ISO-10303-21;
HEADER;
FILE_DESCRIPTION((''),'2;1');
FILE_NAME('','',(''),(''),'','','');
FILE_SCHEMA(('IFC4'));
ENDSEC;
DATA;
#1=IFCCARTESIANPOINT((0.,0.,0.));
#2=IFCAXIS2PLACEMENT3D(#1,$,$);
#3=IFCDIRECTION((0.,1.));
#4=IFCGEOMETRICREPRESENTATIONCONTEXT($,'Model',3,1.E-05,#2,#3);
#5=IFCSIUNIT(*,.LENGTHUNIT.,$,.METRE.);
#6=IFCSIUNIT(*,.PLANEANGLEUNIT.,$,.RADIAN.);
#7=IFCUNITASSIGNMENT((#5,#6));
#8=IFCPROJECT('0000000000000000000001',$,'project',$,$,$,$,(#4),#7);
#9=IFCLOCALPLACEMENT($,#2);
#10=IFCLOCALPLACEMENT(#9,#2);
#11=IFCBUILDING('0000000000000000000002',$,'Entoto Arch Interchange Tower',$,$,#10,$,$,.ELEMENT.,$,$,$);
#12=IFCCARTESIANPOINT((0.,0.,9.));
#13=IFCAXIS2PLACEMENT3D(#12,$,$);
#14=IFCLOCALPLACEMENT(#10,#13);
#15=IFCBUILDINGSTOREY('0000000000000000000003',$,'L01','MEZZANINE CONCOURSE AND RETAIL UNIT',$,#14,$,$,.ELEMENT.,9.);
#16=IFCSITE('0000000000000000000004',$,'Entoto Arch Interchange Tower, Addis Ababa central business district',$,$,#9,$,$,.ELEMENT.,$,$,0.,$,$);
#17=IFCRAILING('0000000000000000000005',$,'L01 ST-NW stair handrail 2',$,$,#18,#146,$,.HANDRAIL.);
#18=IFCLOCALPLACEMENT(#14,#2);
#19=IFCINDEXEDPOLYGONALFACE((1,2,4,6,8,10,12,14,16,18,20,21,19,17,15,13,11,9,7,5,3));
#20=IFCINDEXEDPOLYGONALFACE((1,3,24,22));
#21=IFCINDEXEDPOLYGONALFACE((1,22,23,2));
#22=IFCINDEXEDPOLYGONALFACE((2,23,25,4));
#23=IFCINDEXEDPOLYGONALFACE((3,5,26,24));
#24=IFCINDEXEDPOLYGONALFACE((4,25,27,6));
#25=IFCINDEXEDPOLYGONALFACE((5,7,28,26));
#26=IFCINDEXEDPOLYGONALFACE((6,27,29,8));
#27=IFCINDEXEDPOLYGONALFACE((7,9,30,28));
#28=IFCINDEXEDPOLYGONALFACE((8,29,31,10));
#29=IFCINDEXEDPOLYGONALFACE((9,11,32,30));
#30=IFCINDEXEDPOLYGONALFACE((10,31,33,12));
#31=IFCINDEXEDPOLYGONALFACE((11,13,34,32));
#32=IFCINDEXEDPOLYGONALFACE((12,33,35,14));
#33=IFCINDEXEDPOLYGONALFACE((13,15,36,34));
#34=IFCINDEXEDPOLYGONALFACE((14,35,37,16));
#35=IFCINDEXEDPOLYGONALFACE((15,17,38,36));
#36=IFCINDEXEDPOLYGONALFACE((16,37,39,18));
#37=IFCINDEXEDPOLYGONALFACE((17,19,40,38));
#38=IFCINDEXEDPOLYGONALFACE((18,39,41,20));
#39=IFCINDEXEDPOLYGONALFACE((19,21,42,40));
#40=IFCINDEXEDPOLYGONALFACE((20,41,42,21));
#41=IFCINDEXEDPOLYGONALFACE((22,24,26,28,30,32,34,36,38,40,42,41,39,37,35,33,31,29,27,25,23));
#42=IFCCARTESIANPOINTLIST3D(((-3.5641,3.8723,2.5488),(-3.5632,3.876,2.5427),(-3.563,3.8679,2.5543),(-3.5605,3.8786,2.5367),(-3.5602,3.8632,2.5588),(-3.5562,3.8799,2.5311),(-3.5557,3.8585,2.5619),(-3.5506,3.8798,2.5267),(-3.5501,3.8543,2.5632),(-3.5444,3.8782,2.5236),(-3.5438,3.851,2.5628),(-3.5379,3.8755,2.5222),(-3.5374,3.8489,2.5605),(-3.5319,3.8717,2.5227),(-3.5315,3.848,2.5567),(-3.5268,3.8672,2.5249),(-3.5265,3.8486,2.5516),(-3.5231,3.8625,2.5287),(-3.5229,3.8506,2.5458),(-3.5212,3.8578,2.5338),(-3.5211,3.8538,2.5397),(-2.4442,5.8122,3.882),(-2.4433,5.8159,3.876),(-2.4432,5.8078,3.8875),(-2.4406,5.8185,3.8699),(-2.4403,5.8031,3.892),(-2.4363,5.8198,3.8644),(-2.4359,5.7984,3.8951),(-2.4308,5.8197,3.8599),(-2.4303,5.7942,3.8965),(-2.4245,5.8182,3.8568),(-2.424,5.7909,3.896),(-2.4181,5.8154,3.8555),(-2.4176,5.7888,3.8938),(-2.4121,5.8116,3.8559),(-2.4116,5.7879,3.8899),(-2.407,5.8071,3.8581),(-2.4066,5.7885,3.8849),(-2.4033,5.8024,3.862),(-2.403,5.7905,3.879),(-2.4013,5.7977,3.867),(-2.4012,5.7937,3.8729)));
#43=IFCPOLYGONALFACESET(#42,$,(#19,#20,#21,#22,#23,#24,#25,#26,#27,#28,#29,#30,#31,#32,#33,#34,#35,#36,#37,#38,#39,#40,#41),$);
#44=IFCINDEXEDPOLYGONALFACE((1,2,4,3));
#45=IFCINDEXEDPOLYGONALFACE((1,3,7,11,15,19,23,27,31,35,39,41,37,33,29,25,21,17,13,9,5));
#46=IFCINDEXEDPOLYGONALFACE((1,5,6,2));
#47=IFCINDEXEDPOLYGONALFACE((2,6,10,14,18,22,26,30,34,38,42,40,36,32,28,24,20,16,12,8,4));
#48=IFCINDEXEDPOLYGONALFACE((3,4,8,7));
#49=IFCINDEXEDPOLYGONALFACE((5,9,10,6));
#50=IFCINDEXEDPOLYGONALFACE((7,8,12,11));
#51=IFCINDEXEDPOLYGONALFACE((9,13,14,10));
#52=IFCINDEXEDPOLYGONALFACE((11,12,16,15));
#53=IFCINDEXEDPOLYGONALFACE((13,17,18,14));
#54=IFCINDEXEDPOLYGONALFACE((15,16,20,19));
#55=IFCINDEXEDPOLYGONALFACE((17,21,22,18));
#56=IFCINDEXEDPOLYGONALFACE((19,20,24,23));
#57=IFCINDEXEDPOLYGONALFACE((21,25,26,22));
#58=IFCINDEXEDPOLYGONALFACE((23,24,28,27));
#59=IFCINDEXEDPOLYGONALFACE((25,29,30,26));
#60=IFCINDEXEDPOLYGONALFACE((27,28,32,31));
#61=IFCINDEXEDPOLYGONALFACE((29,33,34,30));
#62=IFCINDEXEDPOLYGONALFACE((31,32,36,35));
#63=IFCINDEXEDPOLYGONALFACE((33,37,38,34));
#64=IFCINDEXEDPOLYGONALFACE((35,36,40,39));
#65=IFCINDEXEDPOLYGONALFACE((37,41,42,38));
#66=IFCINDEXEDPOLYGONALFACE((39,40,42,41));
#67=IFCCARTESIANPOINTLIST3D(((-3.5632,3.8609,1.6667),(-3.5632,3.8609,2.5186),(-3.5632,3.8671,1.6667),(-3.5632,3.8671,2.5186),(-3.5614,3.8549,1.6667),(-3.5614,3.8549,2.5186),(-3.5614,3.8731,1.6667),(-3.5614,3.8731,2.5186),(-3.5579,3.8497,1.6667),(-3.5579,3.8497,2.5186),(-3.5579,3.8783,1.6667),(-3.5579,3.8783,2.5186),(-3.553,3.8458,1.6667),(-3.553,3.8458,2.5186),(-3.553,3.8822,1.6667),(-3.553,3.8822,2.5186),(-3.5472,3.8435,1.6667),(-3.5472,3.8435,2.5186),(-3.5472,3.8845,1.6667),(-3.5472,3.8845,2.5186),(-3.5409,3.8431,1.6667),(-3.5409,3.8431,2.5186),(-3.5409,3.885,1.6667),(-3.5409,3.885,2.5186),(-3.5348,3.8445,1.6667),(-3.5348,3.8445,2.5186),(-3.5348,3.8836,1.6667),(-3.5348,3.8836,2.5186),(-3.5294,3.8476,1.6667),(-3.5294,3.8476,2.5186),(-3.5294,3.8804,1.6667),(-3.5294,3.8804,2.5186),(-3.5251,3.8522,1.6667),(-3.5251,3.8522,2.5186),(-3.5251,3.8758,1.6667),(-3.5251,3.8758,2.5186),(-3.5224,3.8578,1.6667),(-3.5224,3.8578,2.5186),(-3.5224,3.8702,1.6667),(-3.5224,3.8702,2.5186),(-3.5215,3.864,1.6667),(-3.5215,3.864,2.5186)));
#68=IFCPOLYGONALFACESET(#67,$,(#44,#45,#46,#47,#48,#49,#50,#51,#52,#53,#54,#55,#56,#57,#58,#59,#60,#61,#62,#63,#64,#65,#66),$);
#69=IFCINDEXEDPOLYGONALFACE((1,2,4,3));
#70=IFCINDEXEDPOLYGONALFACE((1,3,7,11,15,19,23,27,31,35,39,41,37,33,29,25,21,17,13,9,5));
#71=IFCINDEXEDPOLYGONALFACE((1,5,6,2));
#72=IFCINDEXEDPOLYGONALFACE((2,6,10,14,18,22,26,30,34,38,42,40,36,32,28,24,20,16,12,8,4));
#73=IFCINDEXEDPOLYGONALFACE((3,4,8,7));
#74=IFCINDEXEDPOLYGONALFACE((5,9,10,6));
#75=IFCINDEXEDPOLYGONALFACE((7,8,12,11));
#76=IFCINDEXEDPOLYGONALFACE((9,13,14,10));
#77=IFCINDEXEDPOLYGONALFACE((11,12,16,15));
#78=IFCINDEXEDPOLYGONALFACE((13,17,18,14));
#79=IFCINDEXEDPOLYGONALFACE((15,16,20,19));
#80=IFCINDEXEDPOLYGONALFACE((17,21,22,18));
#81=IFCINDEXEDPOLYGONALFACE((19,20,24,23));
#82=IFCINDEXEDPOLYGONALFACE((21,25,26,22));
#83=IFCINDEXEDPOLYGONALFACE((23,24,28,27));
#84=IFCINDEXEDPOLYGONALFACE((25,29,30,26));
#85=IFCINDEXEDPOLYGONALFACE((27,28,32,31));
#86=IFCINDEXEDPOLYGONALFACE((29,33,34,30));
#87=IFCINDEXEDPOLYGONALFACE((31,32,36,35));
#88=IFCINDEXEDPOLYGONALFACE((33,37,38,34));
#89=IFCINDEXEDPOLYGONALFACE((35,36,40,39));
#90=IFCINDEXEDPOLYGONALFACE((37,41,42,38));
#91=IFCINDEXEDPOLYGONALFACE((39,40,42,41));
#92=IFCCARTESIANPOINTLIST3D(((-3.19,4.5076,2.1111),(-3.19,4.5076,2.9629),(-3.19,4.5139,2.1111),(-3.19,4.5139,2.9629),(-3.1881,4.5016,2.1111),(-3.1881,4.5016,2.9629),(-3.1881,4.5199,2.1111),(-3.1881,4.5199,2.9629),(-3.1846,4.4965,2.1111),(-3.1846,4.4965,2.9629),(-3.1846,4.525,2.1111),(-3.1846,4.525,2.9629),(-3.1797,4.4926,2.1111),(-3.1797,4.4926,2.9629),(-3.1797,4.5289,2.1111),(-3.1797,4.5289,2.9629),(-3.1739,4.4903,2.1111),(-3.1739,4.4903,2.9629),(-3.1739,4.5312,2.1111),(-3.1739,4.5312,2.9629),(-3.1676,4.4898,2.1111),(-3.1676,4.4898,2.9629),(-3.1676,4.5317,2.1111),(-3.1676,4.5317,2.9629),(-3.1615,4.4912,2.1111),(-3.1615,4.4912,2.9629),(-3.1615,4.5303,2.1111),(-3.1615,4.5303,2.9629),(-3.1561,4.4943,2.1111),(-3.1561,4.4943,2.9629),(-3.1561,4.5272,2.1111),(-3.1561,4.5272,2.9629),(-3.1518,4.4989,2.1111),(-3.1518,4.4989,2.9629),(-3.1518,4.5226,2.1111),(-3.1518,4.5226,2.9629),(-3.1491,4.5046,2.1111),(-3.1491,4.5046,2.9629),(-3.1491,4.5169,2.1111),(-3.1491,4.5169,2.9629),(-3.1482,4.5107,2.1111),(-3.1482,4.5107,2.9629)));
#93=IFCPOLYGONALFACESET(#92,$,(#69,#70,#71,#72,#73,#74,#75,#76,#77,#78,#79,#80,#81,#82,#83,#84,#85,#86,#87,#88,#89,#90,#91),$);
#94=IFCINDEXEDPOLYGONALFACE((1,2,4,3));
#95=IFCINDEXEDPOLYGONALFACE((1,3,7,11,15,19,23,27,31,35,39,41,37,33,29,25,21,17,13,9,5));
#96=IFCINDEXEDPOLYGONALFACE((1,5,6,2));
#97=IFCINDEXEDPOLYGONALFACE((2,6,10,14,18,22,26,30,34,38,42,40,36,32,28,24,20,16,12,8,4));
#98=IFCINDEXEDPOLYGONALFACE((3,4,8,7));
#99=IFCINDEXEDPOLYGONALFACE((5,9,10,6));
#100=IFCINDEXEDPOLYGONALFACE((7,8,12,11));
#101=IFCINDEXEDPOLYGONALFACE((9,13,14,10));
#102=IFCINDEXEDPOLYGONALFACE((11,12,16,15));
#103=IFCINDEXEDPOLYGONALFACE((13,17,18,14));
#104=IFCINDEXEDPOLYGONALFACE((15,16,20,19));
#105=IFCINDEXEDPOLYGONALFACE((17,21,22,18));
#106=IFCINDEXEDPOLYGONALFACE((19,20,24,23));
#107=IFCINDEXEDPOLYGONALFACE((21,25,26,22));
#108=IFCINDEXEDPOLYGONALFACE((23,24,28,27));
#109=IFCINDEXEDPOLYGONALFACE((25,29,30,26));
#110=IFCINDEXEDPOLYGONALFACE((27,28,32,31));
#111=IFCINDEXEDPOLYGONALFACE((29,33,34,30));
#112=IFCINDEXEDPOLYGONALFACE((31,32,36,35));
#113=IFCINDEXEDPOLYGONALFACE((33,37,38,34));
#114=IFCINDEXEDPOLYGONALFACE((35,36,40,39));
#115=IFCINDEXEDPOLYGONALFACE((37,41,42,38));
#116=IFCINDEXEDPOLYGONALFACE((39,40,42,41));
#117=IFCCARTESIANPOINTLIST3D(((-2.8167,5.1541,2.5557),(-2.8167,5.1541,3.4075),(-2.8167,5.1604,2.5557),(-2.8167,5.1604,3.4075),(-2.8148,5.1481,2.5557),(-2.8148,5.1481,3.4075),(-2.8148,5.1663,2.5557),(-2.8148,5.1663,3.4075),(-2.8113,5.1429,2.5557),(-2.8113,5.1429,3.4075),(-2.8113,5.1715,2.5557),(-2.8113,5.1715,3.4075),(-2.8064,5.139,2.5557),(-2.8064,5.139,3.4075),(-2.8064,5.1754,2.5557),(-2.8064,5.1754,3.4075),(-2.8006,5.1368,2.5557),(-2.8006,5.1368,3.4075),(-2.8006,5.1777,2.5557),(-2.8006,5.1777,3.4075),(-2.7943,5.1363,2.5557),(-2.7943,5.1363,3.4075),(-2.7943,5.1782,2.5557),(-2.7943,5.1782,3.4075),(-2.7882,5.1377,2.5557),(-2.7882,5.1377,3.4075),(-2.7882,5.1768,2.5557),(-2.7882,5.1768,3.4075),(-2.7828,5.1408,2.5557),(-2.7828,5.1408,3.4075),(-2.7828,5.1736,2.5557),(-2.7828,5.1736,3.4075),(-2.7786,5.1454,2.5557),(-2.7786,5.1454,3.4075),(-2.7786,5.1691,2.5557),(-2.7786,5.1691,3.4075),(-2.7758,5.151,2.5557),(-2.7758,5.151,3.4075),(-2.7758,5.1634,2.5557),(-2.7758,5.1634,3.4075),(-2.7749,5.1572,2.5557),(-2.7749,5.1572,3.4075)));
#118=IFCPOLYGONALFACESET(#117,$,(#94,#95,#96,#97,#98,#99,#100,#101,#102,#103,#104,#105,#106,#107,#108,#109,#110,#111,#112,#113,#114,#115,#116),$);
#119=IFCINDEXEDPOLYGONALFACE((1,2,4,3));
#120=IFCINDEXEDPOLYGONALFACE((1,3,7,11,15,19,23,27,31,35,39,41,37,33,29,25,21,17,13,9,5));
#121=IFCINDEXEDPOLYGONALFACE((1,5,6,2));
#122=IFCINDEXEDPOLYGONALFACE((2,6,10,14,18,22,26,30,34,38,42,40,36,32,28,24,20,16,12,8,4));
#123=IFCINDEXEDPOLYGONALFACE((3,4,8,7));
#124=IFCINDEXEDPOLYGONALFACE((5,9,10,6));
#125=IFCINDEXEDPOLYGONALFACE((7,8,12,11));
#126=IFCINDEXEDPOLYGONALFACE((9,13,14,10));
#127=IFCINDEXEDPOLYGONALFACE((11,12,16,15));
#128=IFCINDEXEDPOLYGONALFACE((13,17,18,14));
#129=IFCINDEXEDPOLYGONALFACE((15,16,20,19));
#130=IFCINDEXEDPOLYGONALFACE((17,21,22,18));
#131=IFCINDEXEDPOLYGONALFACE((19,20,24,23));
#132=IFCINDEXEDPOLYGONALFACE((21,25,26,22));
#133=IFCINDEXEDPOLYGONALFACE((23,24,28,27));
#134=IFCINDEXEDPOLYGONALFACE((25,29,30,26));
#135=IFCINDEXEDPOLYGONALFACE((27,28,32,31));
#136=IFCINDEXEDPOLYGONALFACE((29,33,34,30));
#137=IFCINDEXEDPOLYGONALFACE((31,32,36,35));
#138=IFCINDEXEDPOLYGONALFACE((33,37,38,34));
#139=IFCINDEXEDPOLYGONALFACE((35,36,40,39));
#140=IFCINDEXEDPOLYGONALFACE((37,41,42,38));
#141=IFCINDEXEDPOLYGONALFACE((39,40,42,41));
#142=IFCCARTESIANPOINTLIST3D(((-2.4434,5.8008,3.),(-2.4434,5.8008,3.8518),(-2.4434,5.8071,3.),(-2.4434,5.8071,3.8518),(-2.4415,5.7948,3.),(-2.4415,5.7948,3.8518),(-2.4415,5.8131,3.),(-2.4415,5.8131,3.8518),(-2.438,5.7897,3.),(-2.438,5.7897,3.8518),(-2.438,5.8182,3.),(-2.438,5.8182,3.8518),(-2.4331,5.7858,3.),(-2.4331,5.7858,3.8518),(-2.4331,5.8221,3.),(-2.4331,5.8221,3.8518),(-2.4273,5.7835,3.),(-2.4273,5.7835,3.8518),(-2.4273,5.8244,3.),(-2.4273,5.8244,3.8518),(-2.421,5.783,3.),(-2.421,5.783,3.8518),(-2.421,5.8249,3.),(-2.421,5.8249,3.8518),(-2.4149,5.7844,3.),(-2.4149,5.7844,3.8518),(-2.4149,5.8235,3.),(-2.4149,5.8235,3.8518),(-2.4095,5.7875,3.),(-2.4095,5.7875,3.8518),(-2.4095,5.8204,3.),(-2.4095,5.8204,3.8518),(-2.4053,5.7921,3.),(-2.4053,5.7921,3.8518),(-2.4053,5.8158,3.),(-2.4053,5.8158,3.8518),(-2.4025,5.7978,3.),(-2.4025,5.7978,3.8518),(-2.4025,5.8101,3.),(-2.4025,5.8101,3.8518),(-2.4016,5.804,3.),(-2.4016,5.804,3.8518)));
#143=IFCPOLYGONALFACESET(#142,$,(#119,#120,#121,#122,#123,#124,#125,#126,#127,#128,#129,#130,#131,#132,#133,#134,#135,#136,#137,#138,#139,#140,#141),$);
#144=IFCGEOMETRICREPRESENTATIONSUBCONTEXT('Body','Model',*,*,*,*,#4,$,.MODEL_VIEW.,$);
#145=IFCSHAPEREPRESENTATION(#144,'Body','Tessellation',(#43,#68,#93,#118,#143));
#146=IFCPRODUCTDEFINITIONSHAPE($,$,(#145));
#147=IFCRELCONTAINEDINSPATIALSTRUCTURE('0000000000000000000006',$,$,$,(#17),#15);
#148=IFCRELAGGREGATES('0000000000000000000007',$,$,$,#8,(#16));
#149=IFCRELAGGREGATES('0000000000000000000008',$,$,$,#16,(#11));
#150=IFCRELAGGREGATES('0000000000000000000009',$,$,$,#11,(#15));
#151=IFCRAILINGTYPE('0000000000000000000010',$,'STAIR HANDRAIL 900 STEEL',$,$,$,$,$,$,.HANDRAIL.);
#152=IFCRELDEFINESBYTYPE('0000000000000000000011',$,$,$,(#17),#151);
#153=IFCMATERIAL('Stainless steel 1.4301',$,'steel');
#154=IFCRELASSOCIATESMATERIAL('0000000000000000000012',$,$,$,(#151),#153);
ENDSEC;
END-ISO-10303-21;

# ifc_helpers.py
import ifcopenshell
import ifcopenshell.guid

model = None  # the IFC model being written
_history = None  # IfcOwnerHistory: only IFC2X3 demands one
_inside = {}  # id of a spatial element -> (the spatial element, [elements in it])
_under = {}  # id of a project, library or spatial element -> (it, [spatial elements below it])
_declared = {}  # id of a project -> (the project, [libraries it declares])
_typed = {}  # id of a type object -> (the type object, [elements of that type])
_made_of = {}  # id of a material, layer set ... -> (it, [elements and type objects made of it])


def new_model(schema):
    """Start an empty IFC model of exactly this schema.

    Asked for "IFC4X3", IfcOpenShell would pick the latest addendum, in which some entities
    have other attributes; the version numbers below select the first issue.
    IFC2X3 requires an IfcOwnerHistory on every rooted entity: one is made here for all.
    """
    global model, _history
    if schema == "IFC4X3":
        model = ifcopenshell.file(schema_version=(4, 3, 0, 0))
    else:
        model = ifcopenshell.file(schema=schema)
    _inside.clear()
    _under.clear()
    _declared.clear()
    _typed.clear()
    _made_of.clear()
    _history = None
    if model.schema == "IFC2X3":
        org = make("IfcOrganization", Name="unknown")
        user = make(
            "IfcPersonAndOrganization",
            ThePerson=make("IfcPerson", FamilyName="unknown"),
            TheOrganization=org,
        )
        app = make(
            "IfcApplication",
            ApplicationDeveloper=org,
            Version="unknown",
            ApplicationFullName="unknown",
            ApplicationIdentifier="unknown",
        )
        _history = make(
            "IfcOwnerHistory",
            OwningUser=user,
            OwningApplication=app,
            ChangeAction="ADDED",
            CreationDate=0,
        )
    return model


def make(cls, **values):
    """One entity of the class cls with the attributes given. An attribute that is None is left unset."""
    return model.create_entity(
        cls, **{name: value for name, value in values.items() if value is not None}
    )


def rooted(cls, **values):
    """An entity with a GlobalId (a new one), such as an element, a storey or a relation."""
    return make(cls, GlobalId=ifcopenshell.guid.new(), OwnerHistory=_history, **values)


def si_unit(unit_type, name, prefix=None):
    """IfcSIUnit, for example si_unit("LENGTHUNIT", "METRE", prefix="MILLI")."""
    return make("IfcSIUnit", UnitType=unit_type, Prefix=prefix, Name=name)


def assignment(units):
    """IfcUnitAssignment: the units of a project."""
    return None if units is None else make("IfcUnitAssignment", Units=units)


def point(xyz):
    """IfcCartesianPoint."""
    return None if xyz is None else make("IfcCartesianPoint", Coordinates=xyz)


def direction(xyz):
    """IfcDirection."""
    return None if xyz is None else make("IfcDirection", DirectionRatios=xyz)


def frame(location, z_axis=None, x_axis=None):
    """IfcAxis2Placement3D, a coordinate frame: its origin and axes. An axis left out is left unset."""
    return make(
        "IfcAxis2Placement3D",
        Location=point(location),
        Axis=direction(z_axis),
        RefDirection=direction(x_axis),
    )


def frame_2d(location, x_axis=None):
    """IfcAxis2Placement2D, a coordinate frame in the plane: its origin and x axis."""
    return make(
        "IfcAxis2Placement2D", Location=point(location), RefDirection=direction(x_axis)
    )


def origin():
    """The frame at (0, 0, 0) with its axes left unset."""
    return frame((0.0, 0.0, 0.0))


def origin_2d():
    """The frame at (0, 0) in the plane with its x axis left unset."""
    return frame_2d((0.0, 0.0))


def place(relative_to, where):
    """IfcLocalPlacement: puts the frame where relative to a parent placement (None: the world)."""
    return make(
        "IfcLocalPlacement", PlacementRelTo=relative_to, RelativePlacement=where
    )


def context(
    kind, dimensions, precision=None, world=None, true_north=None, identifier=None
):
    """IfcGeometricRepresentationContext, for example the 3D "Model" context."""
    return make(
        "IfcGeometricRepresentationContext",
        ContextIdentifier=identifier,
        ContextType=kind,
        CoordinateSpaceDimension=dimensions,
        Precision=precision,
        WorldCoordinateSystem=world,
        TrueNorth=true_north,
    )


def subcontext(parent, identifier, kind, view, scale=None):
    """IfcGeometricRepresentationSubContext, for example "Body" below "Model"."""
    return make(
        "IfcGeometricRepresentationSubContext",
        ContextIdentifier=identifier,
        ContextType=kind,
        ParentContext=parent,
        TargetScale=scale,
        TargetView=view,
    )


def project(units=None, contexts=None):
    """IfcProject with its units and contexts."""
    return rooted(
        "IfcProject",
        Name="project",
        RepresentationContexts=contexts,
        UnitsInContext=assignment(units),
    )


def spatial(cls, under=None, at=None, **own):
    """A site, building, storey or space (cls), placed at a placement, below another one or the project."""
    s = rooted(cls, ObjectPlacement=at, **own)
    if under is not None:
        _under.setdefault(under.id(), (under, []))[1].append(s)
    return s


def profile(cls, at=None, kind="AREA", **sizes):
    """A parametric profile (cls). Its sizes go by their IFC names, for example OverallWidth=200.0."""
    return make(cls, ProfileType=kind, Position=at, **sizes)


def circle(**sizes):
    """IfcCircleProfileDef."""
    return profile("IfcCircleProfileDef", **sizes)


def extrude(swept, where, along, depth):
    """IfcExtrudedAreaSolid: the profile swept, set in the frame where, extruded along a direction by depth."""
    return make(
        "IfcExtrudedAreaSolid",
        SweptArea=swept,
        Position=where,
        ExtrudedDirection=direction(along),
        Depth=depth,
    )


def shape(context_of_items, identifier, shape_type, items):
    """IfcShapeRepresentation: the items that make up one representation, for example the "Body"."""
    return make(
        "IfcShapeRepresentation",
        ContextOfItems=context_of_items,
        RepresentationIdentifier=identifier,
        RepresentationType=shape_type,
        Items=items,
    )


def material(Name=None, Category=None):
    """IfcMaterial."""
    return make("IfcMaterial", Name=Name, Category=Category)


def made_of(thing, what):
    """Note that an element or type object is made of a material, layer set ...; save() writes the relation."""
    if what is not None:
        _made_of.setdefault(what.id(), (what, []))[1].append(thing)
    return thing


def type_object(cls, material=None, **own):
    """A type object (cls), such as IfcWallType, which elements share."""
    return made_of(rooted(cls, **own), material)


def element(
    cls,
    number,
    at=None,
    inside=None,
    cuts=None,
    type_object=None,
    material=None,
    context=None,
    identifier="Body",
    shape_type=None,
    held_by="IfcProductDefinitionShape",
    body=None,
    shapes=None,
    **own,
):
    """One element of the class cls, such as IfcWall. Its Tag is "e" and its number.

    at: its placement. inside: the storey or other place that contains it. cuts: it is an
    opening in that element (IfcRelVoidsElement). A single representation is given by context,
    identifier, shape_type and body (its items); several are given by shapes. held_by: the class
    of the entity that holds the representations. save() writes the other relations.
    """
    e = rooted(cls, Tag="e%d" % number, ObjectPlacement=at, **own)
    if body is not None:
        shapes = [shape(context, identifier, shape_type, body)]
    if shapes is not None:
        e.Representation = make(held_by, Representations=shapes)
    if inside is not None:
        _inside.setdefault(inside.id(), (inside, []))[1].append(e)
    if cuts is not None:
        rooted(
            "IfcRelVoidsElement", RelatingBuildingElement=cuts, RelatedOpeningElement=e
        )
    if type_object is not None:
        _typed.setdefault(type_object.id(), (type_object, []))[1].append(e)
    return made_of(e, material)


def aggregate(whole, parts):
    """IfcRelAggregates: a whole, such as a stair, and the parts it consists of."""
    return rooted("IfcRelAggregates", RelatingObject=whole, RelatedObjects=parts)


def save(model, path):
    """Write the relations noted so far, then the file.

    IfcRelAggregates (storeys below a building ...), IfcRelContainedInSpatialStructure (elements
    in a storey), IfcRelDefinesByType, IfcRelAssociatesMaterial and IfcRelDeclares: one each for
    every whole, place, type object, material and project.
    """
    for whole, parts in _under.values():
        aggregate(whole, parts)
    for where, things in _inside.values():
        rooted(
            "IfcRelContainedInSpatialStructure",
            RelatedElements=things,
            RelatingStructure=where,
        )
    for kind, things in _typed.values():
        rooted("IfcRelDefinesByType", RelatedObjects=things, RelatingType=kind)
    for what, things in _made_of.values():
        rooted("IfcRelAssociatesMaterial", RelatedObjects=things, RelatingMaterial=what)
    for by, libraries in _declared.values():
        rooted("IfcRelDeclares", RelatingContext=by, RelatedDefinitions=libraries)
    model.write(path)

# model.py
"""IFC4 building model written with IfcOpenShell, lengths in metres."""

from ifc_helpers import new_model, si_unit, direction, frame, origin, origin_2d, place, context, subcontext, project, spatial, circle, extrude, material, type_object, element, save


model = new_model("IFC4")

# Units and contexts
model_context = context("Model", 3, precision=1e-05, world=origin(), true_north=direction((0.0, 1.0)))
body_context = subcontext(model_context, "Body", "Model", "MODEL_VIEW")
ifc_project = project(units=[si_unit("LENGTHUNIT", "METRE"), si_unit("PLANEANGLEUNIT", "RADIAN")], contexts=[model_context])

# Site, building, storey
site_placement = place(None, origin())
site = spatial("IfcSite", under=ifc_project, at=site_placement, Name="Entoto Arch Interchange Tower, Addis Ababa central business district", CompositionType="ELEMENT", RefElevation=0.0)
building_placement = place(site_placement, origin())
building = spatial("IfcBuilding", under=site, at=building_placement, Name="Entoto Arch Interchange Tower", CompositionType="ELEMENT")
storey_placement = place(building_placement, frame((0.0, 0.0, 9.0)))
storey = spatial("IfcBuildingStorey", under=building, at=storey_placement, Name="L01", Description="MEZZANINE CONCOURSE AND RETAIL UNIT", CompositionType="ELEMENT", Elevation=9.0)

# Railing
ifc_material_1 = material(Name="Stainless steel 1.4301", Category="steel")
railing_type_1 = type_object("IfcRailingType", Name="STAIR HANDRAIL 900 STEEL", PredefinedType="HANDRAIL", material=ifc_material_1)
for number, where, name in (
    (1, (-3.5425, 3.864, 1.6667), "L01 ST-NW stair handrail 2"),
):
    element("IfcRailing", number, at=place(storey_placement, frame(where)), inside=storey, type_object=railing_type_1, Name=name, PredefinedType="HANDRAIL", context=body_context, shape_type="SweptSolid", body=[
        extrude(circle(Radius=0.0239, at=origin_2d()), frame((0.0, 0.0, 0.876), z_axis=(0.429608, 0.744205, 0.511465), x_axis=(-0.866055, 0.499949, 0.0)), (0.0, 0.0, 1.0), 2.6067),
        extrude(circle(Radius=0.021, at=origin_2d()), origin(), (0.0, 0.0, 1.0), 0.8518),
        extrude(circle(Radius=0.021, at=origin_2d()), frame((0.3733, 0.6467, 0.4443)), (0.0, 0.0, 1.0), 0.8518),
        extrude(circle(Radius=0.021, at=origin_2d()), frame((0.7466, 1.2932, 0.8889)), (0.0, 0.0, 1.0), 0.8518),
        extrude(circle(Radius=0.021, at=origin_2d()), frame((1.1199, 1.9399, 1.3333)), (0.0, 0.0, 1.0), 0.8518),
    ])

save(model, "model.ifc")
